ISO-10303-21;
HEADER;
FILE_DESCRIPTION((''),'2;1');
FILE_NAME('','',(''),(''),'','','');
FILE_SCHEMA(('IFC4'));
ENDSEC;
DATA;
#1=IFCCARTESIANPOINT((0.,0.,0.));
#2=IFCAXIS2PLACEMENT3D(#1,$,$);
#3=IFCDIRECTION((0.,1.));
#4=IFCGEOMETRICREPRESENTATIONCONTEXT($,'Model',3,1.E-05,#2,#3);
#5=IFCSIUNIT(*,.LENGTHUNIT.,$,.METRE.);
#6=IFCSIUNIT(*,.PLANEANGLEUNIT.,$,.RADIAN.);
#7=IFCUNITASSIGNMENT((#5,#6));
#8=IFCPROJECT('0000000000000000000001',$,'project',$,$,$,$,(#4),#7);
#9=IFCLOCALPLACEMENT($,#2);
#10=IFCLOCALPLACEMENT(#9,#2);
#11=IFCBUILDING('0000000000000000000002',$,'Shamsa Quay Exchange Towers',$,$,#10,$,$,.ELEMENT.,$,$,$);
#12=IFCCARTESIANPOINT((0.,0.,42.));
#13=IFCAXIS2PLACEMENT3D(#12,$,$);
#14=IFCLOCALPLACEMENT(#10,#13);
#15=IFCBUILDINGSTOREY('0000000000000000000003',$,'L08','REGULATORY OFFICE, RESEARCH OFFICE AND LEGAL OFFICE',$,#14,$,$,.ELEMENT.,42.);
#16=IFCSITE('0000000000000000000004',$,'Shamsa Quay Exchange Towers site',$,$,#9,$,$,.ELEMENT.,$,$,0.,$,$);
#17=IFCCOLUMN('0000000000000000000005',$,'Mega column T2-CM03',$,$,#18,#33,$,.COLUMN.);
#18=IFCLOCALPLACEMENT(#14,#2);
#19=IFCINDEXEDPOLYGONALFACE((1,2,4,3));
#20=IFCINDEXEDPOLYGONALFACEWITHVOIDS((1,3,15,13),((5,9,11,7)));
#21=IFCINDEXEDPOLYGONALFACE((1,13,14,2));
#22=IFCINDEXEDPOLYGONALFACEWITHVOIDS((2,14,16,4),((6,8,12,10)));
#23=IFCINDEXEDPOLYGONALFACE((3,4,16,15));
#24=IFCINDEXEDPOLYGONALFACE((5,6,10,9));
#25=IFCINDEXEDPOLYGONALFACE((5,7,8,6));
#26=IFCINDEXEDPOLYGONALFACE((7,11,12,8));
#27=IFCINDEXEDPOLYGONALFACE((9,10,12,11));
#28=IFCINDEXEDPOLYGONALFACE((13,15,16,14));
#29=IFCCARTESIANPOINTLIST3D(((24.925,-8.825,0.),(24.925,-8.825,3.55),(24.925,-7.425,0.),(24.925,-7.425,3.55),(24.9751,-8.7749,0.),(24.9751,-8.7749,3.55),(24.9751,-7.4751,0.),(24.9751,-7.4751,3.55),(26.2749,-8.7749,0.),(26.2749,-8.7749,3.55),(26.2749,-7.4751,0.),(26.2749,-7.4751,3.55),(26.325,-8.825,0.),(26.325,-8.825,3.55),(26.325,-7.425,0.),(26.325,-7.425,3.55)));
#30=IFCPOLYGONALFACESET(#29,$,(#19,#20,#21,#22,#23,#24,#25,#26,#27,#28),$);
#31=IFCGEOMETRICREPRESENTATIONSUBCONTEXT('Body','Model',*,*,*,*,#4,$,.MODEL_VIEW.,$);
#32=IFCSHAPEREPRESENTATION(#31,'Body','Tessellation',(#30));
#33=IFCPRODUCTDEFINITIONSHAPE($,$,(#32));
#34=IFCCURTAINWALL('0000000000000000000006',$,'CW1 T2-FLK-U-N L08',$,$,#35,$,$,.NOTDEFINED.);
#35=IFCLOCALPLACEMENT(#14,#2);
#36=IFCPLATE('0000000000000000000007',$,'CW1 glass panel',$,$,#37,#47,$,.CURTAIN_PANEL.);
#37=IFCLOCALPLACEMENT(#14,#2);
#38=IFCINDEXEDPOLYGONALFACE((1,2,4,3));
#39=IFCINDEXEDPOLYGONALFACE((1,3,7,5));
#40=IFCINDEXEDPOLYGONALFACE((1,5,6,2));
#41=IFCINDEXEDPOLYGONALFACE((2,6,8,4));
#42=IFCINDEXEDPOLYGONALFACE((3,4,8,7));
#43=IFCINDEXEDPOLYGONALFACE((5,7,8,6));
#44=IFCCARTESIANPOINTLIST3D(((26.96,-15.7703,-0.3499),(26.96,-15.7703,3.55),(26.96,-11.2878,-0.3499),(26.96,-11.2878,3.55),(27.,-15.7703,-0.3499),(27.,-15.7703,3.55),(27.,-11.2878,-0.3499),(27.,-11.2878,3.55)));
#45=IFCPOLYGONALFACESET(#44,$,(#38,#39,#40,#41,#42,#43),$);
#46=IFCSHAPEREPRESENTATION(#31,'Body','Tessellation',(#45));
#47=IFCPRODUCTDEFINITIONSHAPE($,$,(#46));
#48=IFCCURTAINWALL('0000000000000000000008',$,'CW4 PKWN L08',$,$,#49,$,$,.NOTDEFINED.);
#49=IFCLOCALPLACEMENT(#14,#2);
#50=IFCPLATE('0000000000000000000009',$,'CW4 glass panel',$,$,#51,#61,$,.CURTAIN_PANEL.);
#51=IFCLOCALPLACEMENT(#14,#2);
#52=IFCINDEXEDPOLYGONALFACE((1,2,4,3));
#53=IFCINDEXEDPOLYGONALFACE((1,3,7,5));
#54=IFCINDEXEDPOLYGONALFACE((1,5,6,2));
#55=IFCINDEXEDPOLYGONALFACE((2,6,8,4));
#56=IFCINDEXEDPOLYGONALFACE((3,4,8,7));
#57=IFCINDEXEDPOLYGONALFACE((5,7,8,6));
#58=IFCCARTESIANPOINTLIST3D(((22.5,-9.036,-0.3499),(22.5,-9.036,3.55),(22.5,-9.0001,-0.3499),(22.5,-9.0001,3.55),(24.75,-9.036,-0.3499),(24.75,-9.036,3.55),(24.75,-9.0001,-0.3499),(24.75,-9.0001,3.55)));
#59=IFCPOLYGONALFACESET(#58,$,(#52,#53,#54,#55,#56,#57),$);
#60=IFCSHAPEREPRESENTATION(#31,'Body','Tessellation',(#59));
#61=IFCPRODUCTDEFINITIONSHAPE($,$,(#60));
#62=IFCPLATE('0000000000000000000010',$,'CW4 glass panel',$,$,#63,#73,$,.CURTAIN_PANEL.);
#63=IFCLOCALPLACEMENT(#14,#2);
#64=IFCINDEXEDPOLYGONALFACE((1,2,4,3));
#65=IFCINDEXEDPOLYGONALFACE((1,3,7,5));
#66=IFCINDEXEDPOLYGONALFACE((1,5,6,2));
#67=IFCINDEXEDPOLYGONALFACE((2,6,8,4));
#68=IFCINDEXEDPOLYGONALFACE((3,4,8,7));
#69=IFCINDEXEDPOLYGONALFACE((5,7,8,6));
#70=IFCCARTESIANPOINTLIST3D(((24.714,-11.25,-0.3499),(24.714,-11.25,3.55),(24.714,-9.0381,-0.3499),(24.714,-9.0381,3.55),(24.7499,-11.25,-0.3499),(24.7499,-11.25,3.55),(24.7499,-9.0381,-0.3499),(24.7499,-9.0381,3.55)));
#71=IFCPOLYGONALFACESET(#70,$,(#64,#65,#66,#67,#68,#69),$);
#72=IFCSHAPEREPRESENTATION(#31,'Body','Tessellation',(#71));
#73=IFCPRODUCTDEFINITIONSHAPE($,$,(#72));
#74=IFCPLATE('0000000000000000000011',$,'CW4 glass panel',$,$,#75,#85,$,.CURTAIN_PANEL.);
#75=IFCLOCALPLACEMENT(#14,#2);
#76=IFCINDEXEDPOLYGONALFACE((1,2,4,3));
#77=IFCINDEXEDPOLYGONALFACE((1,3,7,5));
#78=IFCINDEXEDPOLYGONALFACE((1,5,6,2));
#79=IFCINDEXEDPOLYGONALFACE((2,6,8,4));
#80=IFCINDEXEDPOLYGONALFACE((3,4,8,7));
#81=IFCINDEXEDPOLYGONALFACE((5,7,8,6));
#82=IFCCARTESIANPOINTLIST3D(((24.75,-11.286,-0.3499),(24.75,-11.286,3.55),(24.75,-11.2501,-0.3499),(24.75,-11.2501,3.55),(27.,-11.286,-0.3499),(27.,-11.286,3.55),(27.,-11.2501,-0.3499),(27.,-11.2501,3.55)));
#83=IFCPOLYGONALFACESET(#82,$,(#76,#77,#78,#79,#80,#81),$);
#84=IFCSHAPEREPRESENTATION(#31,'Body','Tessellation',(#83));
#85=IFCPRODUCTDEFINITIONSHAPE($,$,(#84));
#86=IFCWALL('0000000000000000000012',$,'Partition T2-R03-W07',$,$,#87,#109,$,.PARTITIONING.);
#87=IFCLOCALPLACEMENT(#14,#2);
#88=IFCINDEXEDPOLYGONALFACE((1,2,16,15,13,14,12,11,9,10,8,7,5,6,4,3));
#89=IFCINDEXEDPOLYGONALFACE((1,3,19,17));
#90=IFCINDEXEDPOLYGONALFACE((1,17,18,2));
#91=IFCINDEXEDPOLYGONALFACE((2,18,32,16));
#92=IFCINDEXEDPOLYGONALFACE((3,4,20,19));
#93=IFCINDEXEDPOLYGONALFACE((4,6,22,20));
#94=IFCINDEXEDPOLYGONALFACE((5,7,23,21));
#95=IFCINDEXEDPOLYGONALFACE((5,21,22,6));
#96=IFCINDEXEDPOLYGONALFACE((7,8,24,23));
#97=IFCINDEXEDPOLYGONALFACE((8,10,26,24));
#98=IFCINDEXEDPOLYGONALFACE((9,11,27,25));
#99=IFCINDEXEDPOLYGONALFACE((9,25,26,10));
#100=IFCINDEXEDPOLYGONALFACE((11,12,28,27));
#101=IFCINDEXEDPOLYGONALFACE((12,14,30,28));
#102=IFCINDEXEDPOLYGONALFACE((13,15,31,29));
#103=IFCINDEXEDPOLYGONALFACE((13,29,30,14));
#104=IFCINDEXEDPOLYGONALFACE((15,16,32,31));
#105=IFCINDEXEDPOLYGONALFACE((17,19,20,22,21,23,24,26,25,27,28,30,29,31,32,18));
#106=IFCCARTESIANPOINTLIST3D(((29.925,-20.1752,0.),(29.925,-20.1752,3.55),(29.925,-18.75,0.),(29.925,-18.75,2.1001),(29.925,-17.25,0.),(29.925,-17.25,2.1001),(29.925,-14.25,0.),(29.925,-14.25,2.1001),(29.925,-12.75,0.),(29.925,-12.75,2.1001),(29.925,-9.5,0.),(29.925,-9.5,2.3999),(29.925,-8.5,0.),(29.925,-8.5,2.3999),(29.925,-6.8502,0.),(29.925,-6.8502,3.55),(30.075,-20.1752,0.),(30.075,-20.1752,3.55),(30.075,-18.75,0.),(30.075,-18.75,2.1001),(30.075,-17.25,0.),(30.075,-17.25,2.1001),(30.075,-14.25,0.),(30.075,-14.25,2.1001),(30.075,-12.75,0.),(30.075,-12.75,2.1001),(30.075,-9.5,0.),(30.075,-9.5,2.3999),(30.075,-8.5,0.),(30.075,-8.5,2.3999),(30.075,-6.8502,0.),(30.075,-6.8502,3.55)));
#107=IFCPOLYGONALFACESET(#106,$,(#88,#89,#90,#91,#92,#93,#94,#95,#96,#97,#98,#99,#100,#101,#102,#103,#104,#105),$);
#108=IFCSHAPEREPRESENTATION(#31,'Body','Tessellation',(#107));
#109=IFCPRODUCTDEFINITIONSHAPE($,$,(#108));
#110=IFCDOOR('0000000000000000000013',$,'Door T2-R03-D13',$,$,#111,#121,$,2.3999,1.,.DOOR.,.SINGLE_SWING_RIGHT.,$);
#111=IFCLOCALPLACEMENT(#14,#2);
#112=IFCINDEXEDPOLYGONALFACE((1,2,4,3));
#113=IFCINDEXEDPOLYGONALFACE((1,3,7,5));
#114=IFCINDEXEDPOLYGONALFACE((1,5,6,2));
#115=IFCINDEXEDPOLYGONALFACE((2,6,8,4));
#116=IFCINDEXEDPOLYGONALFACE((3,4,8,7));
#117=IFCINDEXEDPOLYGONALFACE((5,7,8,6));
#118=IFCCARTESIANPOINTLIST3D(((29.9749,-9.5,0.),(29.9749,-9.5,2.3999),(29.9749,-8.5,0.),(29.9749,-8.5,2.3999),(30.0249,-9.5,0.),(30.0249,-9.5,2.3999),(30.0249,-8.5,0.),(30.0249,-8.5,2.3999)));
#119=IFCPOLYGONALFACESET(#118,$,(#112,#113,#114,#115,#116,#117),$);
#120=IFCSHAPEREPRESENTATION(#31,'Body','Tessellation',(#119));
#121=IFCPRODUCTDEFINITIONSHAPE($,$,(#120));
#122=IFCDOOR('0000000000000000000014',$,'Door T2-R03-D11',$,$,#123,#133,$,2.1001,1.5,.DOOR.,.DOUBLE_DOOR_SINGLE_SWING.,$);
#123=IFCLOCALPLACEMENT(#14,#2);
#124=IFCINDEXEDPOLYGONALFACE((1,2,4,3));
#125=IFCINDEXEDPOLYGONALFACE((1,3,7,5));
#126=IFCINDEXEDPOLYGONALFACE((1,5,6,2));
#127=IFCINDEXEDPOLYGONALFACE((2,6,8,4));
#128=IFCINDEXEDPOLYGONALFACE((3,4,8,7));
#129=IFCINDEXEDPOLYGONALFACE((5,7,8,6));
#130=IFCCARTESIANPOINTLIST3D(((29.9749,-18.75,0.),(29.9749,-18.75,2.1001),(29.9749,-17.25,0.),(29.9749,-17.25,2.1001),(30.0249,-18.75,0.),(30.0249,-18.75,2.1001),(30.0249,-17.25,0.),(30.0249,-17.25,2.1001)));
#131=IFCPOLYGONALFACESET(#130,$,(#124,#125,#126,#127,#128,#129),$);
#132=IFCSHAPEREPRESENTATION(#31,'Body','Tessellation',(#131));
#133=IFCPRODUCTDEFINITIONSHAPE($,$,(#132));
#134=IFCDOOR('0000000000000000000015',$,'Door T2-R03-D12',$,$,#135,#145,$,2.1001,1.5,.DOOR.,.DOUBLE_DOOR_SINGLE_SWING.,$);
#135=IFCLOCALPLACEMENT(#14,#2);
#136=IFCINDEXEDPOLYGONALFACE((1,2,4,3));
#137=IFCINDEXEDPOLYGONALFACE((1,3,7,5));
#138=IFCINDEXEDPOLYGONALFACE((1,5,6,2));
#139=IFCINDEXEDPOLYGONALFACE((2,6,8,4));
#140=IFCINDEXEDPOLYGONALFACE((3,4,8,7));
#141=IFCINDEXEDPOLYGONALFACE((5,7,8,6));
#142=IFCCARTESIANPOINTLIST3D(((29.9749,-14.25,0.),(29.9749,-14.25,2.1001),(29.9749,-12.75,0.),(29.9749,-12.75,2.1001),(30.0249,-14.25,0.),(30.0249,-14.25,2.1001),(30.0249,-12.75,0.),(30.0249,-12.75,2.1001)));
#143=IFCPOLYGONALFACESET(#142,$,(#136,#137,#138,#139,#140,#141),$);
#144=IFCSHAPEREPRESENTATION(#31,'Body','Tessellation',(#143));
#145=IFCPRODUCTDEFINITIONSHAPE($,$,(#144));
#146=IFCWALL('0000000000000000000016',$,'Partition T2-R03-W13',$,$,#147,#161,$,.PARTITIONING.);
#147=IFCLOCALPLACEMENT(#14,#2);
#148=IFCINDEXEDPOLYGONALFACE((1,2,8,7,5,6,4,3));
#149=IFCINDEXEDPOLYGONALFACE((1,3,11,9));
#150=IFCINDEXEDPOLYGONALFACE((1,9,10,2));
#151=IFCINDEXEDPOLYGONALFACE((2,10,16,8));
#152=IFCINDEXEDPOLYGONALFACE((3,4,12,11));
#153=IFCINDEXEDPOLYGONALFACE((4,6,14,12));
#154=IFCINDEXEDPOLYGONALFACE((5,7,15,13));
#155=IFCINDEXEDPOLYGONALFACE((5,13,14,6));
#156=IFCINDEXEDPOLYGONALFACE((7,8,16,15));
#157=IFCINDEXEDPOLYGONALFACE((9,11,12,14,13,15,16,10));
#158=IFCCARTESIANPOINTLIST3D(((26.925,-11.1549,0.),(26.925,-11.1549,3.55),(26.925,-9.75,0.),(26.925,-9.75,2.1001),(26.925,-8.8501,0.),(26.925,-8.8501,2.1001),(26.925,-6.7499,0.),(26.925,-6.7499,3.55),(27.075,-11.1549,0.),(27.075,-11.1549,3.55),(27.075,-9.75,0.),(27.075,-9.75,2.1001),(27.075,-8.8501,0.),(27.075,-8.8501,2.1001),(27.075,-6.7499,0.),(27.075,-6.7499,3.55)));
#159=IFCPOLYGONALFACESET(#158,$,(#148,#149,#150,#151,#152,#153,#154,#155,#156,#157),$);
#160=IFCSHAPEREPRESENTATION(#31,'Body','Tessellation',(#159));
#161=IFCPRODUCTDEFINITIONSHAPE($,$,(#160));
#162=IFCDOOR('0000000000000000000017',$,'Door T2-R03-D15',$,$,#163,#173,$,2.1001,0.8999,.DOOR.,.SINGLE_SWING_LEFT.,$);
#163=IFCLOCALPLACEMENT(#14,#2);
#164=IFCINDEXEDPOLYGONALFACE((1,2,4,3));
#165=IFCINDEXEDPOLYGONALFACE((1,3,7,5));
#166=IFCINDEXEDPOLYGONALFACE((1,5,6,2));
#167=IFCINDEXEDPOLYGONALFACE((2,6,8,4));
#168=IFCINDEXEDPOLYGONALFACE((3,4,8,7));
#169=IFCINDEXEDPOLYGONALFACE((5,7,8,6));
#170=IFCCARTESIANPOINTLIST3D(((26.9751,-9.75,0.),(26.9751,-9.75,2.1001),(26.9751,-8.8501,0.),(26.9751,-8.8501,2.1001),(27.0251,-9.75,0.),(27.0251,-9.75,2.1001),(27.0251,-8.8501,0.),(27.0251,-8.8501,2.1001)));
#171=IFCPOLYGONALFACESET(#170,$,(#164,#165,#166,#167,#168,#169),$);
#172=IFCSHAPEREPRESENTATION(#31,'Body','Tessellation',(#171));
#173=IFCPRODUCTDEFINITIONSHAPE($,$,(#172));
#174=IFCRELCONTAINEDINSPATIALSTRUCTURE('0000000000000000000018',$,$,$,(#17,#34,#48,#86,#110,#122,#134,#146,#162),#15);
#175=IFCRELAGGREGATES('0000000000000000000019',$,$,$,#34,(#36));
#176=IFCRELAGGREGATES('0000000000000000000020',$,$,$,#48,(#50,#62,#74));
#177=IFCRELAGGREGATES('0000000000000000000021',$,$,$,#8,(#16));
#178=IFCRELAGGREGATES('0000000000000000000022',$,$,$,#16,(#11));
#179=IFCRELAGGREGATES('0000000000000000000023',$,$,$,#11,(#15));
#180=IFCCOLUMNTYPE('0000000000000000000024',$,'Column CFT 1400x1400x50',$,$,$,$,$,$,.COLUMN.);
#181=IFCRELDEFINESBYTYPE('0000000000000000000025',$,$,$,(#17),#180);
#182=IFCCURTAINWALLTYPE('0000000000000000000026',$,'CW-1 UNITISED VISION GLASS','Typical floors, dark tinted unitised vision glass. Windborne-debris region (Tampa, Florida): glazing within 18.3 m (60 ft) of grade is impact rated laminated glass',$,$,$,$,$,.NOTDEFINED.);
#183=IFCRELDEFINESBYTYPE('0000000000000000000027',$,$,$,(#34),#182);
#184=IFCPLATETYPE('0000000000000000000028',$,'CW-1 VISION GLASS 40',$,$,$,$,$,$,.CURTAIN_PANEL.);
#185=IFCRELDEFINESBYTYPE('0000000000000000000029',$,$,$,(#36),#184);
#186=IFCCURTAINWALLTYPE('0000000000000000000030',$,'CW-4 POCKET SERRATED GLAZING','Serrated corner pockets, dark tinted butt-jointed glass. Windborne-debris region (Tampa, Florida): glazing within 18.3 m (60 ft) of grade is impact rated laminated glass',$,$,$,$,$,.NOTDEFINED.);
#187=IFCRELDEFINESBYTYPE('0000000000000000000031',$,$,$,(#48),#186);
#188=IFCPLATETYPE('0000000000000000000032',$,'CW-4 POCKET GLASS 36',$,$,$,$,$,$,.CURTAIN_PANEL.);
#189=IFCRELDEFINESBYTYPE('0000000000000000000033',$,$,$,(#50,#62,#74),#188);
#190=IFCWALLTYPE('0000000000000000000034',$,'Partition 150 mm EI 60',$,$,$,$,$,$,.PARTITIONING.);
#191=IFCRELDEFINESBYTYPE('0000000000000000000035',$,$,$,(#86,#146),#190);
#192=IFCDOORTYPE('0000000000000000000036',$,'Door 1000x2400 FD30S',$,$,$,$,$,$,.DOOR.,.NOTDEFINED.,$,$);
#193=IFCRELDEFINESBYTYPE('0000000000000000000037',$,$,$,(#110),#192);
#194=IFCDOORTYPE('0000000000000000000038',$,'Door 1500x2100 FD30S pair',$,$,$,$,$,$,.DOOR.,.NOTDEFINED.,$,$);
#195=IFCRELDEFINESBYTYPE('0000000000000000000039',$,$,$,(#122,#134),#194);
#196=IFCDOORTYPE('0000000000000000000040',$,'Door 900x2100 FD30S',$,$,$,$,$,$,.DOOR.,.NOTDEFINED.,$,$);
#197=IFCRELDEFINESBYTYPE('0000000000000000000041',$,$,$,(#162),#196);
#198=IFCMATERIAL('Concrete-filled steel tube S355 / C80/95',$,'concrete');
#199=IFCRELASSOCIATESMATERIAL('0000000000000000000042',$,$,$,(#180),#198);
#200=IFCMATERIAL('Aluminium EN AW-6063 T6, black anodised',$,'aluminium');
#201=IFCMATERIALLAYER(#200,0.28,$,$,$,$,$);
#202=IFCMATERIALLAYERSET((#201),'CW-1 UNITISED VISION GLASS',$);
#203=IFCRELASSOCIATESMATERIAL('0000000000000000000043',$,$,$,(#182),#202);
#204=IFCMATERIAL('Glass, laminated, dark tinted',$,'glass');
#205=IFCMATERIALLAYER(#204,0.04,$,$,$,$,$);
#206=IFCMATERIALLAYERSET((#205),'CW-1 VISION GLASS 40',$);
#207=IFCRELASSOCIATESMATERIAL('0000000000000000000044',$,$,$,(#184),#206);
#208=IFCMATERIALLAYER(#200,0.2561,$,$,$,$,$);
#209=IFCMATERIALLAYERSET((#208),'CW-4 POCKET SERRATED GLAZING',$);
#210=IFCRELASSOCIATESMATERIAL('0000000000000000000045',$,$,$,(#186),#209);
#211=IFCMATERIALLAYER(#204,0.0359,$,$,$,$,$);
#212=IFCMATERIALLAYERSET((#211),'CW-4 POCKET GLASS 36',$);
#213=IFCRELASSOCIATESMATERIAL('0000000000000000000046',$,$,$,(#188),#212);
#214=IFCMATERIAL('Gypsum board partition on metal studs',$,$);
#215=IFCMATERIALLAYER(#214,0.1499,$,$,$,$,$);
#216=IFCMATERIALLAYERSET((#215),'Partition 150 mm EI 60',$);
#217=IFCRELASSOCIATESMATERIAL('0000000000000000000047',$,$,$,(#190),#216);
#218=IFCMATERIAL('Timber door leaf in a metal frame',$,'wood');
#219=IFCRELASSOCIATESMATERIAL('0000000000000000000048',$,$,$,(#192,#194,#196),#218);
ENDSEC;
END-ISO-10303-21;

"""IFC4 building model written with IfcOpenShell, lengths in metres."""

from ifc_helpers import new_model, si_unit, direction, frame, frame_2d, origin, origin_2d, place, context, subcontext, project, spatial, rectangle, hollow_rectangle, extrude, material, layer, layer_set, material_profile, profile_set, type_object, element, fill, aggregate, save


model = new_model("IFC4")

# Units and contexts
model_context = context("Model", 3, precision=1e-05, world=origin(), true_north=direction((0.0, 1.0)))
body_context = subcontext(model_context, "Body", "Model", "MODEL_VIEW")
ifc_project = project(units=[si_unit("LENGTHUNIT", "METRE"), si_unit("PLANEANGLEUNIT", "RADIAN")], contexts=[model_context])

# Site, building, storey
site_placement = place(None, origin())
site = spatial("IfcSite", under=ifc_project, at=site_placement, Name="Shamsa Quay Exchange Towers site", CompositionType="ELEMENT", RefElevation=0.0)
building_placement = place(site_placement, origin())
building = spatial("IfcBuilding", under=site, at=building_placement, Name="Shamsa Quay Exchange Towers", CompositionType="ELEMENT")
storey_placement = place(building_placement, frame((0.0, 0.0, 42.0)))
storey = spatial("IfcBuildingStorey", under=building, at=storey_placement, Name="L08", Description="REGULATORY OFFICE, RESEARCH OFFICE AND LEGAL OFFICE", CompositionType="ELEMENT", Elevation=42.0)

# Column
ifc_material_1 = material(Name="Concrete-filled steel tube S355 / C80/95", Category="concrete")
ifc_material_profile = material_profile(ifc_material_1, hollow_rectangle(XDim=1.3999, YDim=1.3999, WallThickness=0.05, at=origin_2d()), Name="CFT 1400x1400x50")
ifc_profile_set = profile_set([ifc_material_profile], Name="Concrete-filled steel tube S355 / C80/95")
column_type = type_object("IfcColumnType", Name="Column CFT 1400x1400x50", PredefinedType="COLUMN", material=ifc_profile_set)
column_placement = place(storey_placement, frame((25.625, -8.125, 0.0)))
element("IfcColumn", 1, at=column_placement, inside=storey, type_object=column_type, Name="Mega column T2-CM03", PredefinedType="COLUMN", context=body_context, shape_type="SweptSolid", body=[
    extrude(hollow_rectangle(XDim=1.3999, YDim=1.3999, WallThickness=0.05, at=origin_2d()), origin(), (0.0, 0.0, 1.0), 3.55),
])

# Curtain wall, plate
ifc_material_2 = material(Name="Aluminium EN AW-6063 T6, black anodised", Category="aluminium")
ifc_layer_1 = layer(ifc_material_2, 0.28)
ifc_layer_set_1 = layer_set([ifc_layer_1], Name="CW-1 UNITISED VISION GLASS")
curtain_wall_type_1 = type_object("IfcCurtainWallType", Name="CW-1 UNITISED VISION GLASS", Description="Typical floors, dark tinted unitised vision glass. Windborne-debris region (Tampa, Florida): glazing within 18.3 m (60 ft) of grade is impact rated laminated glass", PredefinedType="NOTDEFINED", material=ifc_layer_set_1)
curtain_wall_1_placement = place(storey_placement, origin())
curtain_wall_1 = element("IfcCurtainWall", 2, at=curtain_wall_1_placement, inside=storey, type_object=curtain_wall_type_1, Name="CW1 T2-FLK-U-N L08", PredefinedType="NOTDEFINED")
ifc_material_3 = material(Name="Glass, laminated, dark tinted", Category="glass")
ifc_layer_2 = layer(ifc_material_3, 0.04)
ifc_layer_set_2 = layer_set([ifc_layer_2], Name="CW-1 VISION GLASS 40")
plate_type_1 = type_object("IfcPlateType", Name="CW-1 VISION GLASS 40", PredefinedType="CURTAIN_PANEL", material=ifc_layer_set_2)
plate_1_placement = place(storey_placement, frame((26.98, -13.5291, -0.3499), z_axis=(0.0, 0.0, 1.0), x_axis=(0.0, -1.0, 0.0)))
plate_1 = element("IfcPlate", 3, at=plate_1_placement, type_object=plate_type_1, Name="CW1 glass panel", PredefinedType="CURTAIN_PANEL", context=body_context, shape_type="SweptSolid", body=[
    extrude(rectangle(XDim=4.4824, YDim=0.04, at=origin_2d()), origin(), (0.0, 0.0, 1.0), 3.8999),
])
aggregate(curtain_wall_1, [plate_1])

# Curtain wall, plates
ifc_layer_3 = layer(ifc_material_2, 0.2561)
ifc_layer_set_3 = layer_set([ifc_layer_3], Name="CW-4 POCKET SERRATED GLAZING")
curtain_wall_type_2 = type_object("IfcCurtainWallType", Name="CW-4 POCKET SERRATED GLAZING", Description="Serrated corner pockets, dark tinted butt-jointed glass. Windborne-debris region (Tampa, Florida): glazing within 18.3 m (60 ft) of grade is impact rated laminated glass", PredefinedType="NOTDEFINED", material=ifc_layer_set_3)
curtain_wall_2_placement = place(storey_placement, origin())
curtain_wall_2 = element("IfcCurtainWall", 4, at=curtain_wall_2_placement, inside=storey, type_object=curtain_wall_type_2, Name="CW4 PKWN L08", PredefinedType="NOTDEFINED")
ifc_layer_4 = layer(ifc_material_3, 0.0359)
ifc_layer_set_4 = layer_set([ifc_layer_4], Name="CW-4 POCKET GLASS 36")
plate_type_2 = type_object("IfcPlateType", Name="CW-4 POCKET GLASS 36", PredefinedType="CURTAIN_PANEL", material=ifc_layer_set_4)
plate_2_placement = place(storey_placement, frame((23.625, -9.0181, -0.3499)))
plate_2 = element("IfcPlate", 5, at=plate_2_placement, type_object=plate_type_2, Name="CW4 glass panel", PredefinedType="CURTAIN_PANEL", context=body_context, shape_type="SweptSolid", body=[
    extrude(rectangle(XDim=2.25, YDim=0.0359, at=origin_2d()), origin(), (0.0, 0.0, 1.0), 3.8999),
])
plate_3_placement = place(storey_placement, frame((24.7319, -10.144, -0.3499), z_axis=(0.0, 0.0, 1.0), x_axis=(0.0, -1.0, 0.0)))
plate_3 = element("IfcPlate", 6, at=plate_3_placement, type_object=plate_type_2, Name="CW4 glass panel", PredefinedType="CURTAIN_PANEL", context=body_context, shape_type="SweptSolid", body=[
    extrude(rectangle(XDim=2.2119, YDim=0.0359, at=origin_2d()), origin(), (0.0, 0.0, 1.0), 3.8999),
])
plate_4_placement = place(storey_placement, frame((25.875, -11.2681, -0.3499)))
plate_4 = element("IfcPlate", 7, at=plate_4_placement, type_object=plate_type_2, Name="CW4 glass panel", PredefinedType="CURTAIN_PANEL", context=body_context, shape_type="SweptSolid", body=[
    extrude(rectangle(XDim=2.25, YDim=0.0359, at=origin_2d()), origin(), (0.0, 0.0, 1.0), 3.8999),
])
aggregate(curtain_wall_2, [plate_2, plate_3, plate_4])

# Wall, openings, doors
ifc_material_4 = material(Name="Gypsum board partition on metal studs")
ifc_layer_5 = layer(ifc_material_4, 0.1499)
ifc_layer_set_5 = layer_set([ifc_layer_5], Name="Partition 150 mm EI 60")
wall_type_1 = type_object("IfcWallType", Name="Partition 150 mm EI 60", PredefinedType="PARTITIONING", material=ifc_layer_set_5)
wall_1_placement = place(storey_placement, frame((30.0, -6.8501, 0.0), z_axis=(0.0, 0.0, 1.0), x_axis=(0.0, -1.0, 0.0)))
wall_1 = element("IfcWall", 8, at=wall_1_placement, inside=storey, type_object=wall_type_1, Name="Partition T2-R03-W07", PredefinedType="PARTITIONING", context=body_context, shape_type="SweptSolid", body=[
    extrude(rectangle(XDim=13.325, YDim=0.1499, at=frame_2d((6.6626, 0.0))), origin(), (0.0, 0.0, 1.0), 3.55),
])
opening_1_placement = place(wall_1_placement, frame((10.3999, 0.0, 0.0)))
opening_1 = element("IfcOpeningElement", 9, at=opening_1_placement, cuts=wall_1, PredefinedType="OPENING", context=body_context, shape_type="SweptSolid", body=[
    extrude(rectangle(XDim=1.5, YDim=2.1001, at=frame_2d((0.75, 1.05))), frame((0.0, 0.085, 0.0), z_axis=(0.0, -1.0, 0.0), x_axis=(1.0, 0.0, 0.0)), (0.0, 0.0, 1.0), 0.1699),
])
opening_2_placement = place(wall_1_placement, frame((5.8999, 0.0, 0.0)))
opening_2 = element("IfcOpeningElement", 10, at=opening_2_placement, cuts=wall_1, PredefinedType="OPENING", context=body_context, shape_type="SweptSolid", body=[
    extrude(rectangle(XDim=1.5, YDim=2.1001, at=frame_2d((0.75, 1.05))), frame((0.0, 0.085, 0.0), z_axis=(0.0, -1.0, 0.0), x_axis=(1.0, 0.0, 0.0)), (0.0, 0.0, 1.0), 0.1699),
])
opening_3_placement = place(wall_1_placement, frame((1.6499, 0.0, 0.0)))
opening_3 = element("IfcOpeningElement", 11, at=opening_3_placement, cuts=wall_1, PredefinedType="OPENING", context=body_context, shape_type="SweptSolid", body=[
    extrude(rectangle(XDim=1.0, YDim=2.3999, at=frame_2d((0.5, 1.2))), frame((0.0, 0.085, 0.0), z_axis=(0.0, -1.0, 0.0), x_axis=(1.0, 0.0, 0.0)), (0.0, 0.0, 1.0), 0.1699),
])
ifc_material_5 = material(Name="Timber door leaf in a metal frame", Category="wood")
door_type_1 = type_object("IfcDoorType", Name="Door 1000x2400 FD30S", OperationType="NOTDEFINED", PredefinedType="DOOR", material=ifc_material_5)
door_1_placement = place(opening_3_placement, origin())
door_1 = element("IfcDoor", 12, at=door_1_placement, inside=storey, type_object=door_type_1, Name="Door T2-R03-D13", OperationType="SINGLE_SWING_RIGHT", OverallHeight=2.3999, OverallWidth=1.0, PredefinedType="DOOR", context=body_context, shape_type="SweptSolid", body=[
    extrude(rectangle(XDim=1.0, YDim=2.3999, at=frame_2d((0.5, 1.2))), frame((0.0, 0.0249, 0.0), z_axis=(0.0, -1.0, 0.0), x_axis=(1.0, 0.0, 0.0)), (0.0, 0.0, 1.0), 0.05),
])
fill(opening_3, door_1)
door_type_2 = type_object("IfcDoorType", Name="Door 1500x2100 FD30S pair", OperationType="NOTDEFINED", PredefinedType="DOOR", material=ifc_material_5)
door_2_placement = place(opening_1_placement, origin())
door_2 = element("IfcDoor", 13, at=door_2_placement, inside=storey, type_object=door_type_2, Name="Door T2-R03-D11", OperationType="DOUBLE_DOOR_SINGLE_SWING", OverallHeight=2.1001, OverallWidth=1.5, PredefinedType="DOOR", context=body_context, shape_type="SweptSolid", body=[
    extrude(rectangle(XDim=1.5, YDim=2.1001, at=frame_2d((0.75, 1.05))), frame((0.0, 0.0249, 0.0), z_axis=(0.0, -1.0, 0.0), x_axis=(1.0, 0.0, 0.0)), (0.0, 0.0, 1.0), 0.05),
])
fill(opening_1, door_2)
door_3_placement = place(opening_2_placement, origin())
door_3 = element("IfcDoor", 14, at=door_3_placement, inside=storey, type_object=door_type_2, Name="Door T2-R03-D12", OperationType="DOUBLE_DOOR_SINGLE_SWING", OverallHeight=2.1001, OverallWidth=1.5, PredefinedType="DOOR", context=body_context, shape_type="SweptSolid", body=[
    extrude(rectangle(XDim=1.5, YDim=2.1001, at=frame_2d((0.75, 1.05))), frame((0.0, 0.0249, 0.0), z_axis=(0.0, -1.0, 0.0), x_axis=(1.0, 0.0, 0.0)), (0.0, 0.0, 1.0), 0.05),
])
fill(opening_2, door_3)

# Wall, opening, door
wall_2_placement = place(storey_placement, frame((27.0, -11.155, 0.0), z_axis=(0.0, 0.0, 1.0), x_axis=(0.0, 1.0, 0.0)))
wall_2 = element("IfcWall", 15, at=wall_2_placement, inside=storey, type_object=wall_type_1, Name="Partition T2-R03-W13", PredefinedType="PARTITIONING", context=body_context, shape_type="SweptSolid", body=[
    extrude(rectangle(XDim=4.405, YDim=0.1499, at=frame_2d((2.2026, 0.0))), origin(), (0.0, 0.0, 1.0), 3.55),
])
opening_4_placement = place(wall_2_placement, frame((1.405, 0.0, 0.0)))
opening_4 = element("IfcOpeningElement", 16, at=opening_4_placement, cuts=wall_2, PredefinedType="OPENING", context=body_context, shape_type="SweptSolid", body=[
    extrude(rectangle(XDim=0.8999, YDim=2.1001, at=frame_2d((0.45, 1.05))), frame((0.0, 0.085, 0.0), z_axis=(0.0, -1.0, 0.0), x_axis=(1.0, 0.0, 0.0)), (0.0, 0.0, 1.0), 0.1699),
])
door_type_3 = type_object("IfcDoorType", Name="Door 900x2100 FD30S", OperationType="NOTDEFINED", PredefinedType="DOOR", material=ifc_material_5)
door_4_placement = place(opening_4_placement, origin())
door_4 = element("IfcDoor", 17, at=door_4_placement, inside=storey, type_object=door_type_3, Name="Door T2-R03-D15", OperationType="SINGLE_SWING_LEFT", OverallHeight=2.1001, OverallWidth=0.8999, PredefinedType="DOOR", context=body_context, shape_type="SweptSolid", body=[
    extrude(rectangle(XDim=0.8999, YDim=2.1001, at=frame_2d((0.45, 1.05))), frame((0.0, 0.0249, 0.0), z_axis=(0.0, -1.0, 0.0), x_axis=(1.0, 0.0, 0.0)), (0.0, 0.0, 1.0), 0.05),
])
fill(opening_4, door_4)

save(model, "model.ifc")
